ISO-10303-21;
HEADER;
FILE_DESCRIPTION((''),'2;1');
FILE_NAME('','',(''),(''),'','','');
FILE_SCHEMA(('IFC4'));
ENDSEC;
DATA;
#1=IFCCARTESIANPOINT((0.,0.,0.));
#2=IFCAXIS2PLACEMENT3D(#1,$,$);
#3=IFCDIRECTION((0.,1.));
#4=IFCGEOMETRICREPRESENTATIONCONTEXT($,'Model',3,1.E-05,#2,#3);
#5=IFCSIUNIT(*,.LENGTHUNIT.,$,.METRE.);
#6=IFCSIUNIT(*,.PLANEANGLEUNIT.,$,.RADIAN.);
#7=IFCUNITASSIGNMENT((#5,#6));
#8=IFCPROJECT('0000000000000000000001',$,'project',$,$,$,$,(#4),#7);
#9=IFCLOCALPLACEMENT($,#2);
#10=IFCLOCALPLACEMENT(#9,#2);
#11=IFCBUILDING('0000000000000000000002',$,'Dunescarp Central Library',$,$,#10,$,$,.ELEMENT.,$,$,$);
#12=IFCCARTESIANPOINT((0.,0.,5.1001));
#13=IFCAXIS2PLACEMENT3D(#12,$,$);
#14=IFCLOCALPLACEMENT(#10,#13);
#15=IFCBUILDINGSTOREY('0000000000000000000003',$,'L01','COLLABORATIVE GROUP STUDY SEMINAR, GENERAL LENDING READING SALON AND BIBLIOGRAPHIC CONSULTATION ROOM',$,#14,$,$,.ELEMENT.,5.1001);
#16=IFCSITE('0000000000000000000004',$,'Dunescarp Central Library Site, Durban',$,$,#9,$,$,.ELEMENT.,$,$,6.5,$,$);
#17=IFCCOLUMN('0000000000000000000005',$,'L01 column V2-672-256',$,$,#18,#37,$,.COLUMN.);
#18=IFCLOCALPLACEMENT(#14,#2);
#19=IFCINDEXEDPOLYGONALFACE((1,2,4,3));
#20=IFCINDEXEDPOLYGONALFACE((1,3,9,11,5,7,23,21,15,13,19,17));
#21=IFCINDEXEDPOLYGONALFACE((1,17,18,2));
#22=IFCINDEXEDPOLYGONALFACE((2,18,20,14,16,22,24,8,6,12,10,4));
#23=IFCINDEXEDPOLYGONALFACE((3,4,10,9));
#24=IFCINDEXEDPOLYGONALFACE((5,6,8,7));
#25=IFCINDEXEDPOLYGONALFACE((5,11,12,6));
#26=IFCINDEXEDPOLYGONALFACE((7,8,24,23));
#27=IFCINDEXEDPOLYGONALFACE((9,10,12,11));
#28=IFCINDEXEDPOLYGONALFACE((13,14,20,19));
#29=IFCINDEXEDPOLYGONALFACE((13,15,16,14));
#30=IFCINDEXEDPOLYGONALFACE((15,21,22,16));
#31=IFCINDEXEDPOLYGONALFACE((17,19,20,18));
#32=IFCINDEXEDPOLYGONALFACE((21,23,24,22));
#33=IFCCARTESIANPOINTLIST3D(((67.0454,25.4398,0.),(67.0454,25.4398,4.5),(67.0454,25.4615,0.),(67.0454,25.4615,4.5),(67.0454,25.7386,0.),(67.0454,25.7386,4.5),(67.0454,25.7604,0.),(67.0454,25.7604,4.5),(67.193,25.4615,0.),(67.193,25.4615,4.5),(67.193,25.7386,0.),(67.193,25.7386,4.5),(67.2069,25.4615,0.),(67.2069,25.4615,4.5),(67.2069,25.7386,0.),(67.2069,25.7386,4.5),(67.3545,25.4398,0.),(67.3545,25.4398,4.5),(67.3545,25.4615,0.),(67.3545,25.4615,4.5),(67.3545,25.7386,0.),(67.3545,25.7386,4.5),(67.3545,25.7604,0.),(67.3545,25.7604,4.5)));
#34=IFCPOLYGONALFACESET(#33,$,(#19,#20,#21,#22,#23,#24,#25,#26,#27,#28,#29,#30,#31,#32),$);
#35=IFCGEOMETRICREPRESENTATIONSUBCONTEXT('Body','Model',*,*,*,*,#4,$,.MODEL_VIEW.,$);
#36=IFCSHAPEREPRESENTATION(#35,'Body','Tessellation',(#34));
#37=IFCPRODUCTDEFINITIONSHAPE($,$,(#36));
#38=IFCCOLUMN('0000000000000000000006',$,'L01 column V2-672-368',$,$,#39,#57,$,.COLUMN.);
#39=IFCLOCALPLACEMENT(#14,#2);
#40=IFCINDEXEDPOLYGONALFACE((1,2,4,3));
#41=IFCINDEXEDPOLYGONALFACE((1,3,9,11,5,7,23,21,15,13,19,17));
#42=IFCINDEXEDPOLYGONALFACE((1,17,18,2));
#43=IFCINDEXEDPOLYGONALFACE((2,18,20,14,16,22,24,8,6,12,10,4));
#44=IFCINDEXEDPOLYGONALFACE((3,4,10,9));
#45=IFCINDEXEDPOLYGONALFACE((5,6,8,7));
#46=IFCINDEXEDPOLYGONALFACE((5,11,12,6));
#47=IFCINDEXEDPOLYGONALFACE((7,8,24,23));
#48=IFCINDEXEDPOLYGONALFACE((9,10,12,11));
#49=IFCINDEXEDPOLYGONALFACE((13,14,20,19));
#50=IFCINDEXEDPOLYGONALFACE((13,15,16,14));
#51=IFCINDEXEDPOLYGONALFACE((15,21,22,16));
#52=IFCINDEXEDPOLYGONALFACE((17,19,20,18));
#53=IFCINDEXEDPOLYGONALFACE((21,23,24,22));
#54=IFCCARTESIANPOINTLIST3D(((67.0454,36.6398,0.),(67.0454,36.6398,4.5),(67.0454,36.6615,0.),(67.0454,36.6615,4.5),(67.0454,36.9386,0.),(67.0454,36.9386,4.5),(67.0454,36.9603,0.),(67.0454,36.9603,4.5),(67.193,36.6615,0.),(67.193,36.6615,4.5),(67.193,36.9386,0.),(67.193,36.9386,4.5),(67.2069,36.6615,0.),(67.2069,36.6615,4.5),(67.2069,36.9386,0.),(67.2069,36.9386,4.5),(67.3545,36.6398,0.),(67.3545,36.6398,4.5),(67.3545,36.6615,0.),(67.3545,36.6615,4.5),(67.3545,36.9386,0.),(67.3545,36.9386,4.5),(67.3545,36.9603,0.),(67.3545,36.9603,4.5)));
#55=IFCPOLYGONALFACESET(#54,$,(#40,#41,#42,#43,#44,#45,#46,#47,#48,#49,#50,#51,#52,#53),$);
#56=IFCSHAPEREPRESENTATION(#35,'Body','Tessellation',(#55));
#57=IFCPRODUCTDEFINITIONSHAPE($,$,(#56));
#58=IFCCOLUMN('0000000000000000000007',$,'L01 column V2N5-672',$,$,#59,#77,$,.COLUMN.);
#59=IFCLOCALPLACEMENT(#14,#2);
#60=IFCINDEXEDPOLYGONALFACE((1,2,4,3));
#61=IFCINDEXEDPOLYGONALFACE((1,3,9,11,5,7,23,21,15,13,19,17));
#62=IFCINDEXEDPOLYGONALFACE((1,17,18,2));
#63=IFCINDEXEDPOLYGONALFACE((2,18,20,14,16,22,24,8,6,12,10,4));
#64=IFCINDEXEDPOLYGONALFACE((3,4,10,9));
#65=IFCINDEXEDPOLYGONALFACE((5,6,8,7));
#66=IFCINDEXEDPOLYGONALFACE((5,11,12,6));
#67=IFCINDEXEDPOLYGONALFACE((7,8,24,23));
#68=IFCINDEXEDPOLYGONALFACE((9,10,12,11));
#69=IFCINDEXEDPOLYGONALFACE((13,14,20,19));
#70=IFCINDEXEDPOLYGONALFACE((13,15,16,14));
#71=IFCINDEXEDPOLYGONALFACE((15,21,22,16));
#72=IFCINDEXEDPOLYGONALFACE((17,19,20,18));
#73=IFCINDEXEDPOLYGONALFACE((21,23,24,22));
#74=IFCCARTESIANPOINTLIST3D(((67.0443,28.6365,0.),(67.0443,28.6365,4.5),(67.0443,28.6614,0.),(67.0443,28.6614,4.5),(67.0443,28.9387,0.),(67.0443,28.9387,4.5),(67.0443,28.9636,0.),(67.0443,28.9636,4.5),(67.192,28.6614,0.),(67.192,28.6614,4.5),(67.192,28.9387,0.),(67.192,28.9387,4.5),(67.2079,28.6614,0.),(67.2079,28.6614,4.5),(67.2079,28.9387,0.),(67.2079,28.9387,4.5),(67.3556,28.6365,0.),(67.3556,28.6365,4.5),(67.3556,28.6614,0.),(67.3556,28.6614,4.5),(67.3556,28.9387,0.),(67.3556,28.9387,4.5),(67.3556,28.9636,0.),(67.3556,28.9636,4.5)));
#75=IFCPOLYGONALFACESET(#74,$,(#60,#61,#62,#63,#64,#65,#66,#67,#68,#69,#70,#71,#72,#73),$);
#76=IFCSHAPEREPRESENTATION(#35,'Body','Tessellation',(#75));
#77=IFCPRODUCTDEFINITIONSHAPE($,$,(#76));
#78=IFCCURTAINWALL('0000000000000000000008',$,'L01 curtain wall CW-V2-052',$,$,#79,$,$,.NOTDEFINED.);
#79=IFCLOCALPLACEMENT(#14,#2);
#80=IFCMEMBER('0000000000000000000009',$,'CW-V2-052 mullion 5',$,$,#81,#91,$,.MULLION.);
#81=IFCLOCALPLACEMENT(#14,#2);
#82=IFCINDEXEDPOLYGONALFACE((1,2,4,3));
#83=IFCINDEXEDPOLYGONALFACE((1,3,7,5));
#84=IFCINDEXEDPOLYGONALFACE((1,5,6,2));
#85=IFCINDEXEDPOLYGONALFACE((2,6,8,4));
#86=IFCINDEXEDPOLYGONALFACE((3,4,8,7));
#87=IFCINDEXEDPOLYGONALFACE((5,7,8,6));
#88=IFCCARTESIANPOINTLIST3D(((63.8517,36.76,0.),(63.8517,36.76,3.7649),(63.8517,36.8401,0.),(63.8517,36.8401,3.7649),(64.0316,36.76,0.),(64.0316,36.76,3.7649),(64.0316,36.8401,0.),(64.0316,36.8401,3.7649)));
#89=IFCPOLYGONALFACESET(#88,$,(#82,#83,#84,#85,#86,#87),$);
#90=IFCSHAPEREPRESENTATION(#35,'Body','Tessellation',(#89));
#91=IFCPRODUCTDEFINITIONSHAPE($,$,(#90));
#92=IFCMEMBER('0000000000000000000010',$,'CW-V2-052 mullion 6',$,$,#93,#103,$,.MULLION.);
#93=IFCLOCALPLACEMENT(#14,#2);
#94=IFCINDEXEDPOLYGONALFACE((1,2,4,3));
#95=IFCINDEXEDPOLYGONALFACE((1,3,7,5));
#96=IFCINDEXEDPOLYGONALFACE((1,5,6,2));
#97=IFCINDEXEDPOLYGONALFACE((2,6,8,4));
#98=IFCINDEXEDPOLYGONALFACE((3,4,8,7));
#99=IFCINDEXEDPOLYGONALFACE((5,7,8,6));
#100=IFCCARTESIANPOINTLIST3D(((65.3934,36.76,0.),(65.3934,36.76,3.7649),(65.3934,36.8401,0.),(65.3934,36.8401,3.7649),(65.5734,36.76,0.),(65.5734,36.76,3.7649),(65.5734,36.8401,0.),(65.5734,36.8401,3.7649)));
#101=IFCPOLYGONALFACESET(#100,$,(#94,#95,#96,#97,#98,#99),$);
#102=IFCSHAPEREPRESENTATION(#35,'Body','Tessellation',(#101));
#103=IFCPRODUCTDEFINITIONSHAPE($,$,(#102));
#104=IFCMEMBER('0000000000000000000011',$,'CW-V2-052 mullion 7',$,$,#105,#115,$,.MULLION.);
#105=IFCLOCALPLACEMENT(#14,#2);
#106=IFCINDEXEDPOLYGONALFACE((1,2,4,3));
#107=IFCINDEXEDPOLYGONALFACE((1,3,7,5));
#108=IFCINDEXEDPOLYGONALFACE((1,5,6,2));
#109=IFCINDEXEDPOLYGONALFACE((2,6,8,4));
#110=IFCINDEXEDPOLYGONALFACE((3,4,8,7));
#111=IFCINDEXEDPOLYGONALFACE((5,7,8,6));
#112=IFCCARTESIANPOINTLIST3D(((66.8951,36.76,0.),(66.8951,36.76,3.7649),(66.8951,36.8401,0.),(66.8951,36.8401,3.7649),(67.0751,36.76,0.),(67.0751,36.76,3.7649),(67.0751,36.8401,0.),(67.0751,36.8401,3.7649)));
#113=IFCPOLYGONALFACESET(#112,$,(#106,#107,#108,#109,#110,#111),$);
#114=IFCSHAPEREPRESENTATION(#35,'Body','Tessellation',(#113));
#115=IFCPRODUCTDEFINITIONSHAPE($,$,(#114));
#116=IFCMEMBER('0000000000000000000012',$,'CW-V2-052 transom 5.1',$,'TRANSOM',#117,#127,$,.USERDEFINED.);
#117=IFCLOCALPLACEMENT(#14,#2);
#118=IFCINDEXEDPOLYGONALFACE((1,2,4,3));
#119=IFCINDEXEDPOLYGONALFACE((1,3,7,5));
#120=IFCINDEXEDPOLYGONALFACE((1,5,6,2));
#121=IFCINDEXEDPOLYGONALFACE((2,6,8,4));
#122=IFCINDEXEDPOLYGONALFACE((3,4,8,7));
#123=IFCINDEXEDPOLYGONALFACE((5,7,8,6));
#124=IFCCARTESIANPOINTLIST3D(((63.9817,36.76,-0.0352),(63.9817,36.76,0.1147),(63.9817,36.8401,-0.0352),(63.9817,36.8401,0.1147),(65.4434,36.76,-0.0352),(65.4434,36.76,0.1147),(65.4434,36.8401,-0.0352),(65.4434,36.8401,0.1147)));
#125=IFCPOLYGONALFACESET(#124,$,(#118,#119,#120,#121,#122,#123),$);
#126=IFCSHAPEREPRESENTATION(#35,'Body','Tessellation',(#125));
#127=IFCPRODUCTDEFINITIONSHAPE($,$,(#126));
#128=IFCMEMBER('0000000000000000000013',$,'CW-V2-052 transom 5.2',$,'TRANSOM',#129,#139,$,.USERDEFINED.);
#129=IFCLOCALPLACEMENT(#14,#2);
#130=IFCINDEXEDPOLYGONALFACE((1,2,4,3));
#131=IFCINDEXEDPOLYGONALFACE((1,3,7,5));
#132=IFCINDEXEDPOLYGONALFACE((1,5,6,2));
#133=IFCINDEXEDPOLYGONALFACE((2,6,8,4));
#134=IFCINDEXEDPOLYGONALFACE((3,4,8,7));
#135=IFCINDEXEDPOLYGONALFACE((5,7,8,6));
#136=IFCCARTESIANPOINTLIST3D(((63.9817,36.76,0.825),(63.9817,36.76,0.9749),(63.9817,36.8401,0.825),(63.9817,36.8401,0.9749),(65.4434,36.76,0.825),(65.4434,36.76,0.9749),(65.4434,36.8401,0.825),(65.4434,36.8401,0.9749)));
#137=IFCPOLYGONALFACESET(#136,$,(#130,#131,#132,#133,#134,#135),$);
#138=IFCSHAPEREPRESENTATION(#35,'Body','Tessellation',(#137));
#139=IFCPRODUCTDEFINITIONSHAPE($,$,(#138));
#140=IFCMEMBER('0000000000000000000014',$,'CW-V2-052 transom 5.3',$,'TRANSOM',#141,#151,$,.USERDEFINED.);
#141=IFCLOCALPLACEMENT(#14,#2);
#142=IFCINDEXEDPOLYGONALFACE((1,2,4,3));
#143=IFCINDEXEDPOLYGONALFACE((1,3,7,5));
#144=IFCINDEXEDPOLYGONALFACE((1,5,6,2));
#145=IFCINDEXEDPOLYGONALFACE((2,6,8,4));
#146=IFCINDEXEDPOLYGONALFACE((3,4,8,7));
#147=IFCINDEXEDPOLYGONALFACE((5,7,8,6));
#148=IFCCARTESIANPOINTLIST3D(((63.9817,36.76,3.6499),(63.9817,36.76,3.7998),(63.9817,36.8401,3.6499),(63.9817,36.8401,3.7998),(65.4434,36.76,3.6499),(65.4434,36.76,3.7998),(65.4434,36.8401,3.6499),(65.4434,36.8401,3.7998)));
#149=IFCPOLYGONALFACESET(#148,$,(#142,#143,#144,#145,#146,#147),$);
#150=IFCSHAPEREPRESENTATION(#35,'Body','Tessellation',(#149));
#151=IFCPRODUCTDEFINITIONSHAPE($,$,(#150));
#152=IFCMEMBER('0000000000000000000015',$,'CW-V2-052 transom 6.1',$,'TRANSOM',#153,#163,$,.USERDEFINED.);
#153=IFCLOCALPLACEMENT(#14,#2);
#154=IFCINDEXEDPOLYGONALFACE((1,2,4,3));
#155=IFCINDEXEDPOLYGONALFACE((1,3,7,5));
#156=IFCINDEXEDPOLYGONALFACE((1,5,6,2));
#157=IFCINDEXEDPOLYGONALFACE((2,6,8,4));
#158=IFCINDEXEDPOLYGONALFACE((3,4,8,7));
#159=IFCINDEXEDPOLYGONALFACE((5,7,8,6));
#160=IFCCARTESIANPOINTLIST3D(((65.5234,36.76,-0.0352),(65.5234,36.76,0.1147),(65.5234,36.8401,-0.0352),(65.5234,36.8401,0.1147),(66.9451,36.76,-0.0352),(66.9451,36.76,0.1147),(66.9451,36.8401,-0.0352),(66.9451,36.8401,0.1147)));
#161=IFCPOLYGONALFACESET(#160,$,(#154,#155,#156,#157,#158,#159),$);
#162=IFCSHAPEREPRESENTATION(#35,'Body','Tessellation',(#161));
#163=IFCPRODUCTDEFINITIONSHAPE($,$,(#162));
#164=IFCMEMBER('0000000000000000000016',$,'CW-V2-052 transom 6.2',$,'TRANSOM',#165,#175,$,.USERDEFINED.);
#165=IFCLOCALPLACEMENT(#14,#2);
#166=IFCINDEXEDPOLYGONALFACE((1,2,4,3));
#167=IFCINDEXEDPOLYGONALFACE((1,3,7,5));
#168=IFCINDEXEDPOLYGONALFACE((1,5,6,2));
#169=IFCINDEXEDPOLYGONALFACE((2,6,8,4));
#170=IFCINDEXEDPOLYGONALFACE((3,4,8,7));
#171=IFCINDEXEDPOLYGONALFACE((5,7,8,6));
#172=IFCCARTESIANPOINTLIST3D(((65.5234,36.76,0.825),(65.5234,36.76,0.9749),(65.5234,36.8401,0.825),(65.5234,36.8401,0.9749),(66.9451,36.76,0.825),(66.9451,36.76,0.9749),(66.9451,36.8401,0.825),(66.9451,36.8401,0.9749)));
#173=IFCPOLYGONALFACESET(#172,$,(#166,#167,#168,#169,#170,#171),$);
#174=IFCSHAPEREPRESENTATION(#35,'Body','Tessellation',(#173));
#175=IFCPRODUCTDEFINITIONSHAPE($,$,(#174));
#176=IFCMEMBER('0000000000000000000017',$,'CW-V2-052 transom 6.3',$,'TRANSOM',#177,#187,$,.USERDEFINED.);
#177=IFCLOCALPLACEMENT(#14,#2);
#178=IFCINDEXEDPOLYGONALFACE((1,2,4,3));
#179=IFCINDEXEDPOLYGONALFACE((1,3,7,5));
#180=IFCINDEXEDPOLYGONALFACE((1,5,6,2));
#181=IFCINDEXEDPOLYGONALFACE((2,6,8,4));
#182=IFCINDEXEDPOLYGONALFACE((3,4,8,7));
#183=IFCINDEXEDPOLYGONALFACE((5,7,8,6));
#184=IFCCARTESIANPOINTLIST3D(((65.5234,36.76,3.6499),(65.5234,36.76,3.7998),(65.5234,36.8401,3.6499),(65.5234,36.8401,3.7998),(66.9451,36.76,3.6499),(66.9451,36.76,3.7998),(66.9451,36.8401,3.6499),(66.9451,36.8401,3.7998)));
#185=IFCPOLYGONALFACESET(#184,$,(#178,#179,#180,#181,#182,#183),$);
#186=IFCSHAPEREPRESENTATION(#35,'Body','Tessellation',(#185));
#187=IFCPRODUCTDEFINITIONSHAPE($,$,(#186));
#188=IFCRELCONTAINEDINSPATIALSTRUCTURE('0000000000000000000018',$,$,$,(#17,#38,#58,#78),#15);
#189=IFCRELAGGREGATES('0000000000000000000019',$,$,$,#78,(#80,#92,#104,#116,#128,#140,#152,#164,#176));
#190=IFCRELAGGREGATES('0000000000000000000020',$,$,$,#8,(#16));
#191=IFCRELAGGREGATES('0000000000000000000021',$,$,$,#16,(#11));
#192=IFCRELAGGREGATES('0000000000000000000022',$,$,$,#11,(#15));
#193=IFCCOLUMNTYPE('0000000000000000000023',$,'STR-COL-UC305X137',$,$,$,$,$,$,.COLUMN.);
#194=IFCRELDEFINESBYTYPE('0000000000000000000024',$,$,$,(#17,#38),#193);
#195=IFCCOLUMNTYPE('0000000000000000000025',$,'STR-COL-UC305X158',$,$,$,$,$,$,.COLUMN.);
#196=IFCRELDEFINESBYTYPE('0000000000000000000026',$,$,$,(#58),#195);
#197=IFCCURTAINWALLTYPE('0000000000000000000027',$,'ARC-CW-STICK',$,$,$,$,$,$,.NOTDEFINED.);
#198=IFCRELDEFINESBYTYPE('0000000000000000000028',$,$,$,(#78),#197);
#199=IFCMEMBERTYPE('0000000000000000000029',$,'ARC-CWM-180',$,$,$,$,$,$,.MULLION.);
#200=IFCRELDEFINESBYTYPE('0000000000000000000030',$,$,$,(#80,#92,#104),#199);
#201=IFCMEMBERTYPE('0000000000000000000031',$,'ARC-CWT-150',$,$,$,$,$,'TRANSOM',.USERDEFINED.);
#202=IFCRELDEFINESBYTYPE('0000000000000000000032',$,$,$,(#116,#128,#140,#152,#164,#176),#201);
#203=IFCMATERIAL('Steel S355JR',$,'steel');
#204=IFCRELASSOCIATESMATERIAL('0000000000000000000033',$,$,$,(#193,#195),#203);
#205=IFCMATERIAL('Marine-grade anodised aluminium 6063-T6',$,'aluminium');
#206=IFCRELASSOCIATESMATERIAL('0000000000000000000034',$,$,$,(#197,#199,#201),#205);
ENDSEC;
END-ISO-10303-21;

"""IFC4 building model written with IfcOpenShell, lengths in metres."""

from ifc_helpers import new_model, si_unit, direction, frame, origin, origin_2d, place, context, subcontext, project, spatial, rectangle, i_section, extrude, material, material_profile, profile_set, type_object, element, aggregate, save


model = new_model("IFC4")

# Units and contexts
model_context = context("Model", 3, precision=1e-05, world=origin(), true_north=direction((0.0, 1.0)))
body_context = subcontext(model_context, "Body", "Model", "MODEL_VIEW")
ifc_project = project(units=[si_unit("LENGTHUNIT", "METRE"), si_unit("PLANEANGLEUNIT", "RADIAN")], contexts=[model_context])

# Site, building, storey
site_placement = place(None, origin())
site = spatial("IfcSite", under=ifc_project, at=site_placement, Name="Dunescarp Central Library Site, Durban", CompositionType="ELEMENT", RefElevation=6.5)
building_placement = place(site_placement, origin())
building = spatial("IfcBuilding", under=site, at=building_placement, Name="Dunescarp Central Library", CompositionType="ELEMENT")
storey_placement = place(building_placement, frame((0.0, 0.0, 5.1001)))
storey = spatial("IfcBuildingStorey", under=building, at=storey_placement, Name="L01", Description="COLLABORATIVE GROUP STUDY SEMINAR, GENERAL LENDING READING SALON AND BIBLIOGRAPHIC CONSULTATION ROOM", CompositionType="ELEMENT", Elevation=5.1001)

# Columns
ifc_material_1 = material(Name="Steel S355JR", Category="steel")
ifc_material_profile_1 = material_profile(ifc_material_1, i_section(OverallWidth=0.3091, OverallDepth=0.3206, WebThickness=0.0139, FlangeThickness=0.0217, at=origin_2d()), Name="UC 305x305x137")
ifc_profile_set_1 = profile_set([ifc_material_profile_1], Name="Steel S355JR")
column_type_1 = type_object("IfcColumnType", Name="STR-COL-UC305X137", PredefinedType="COLUMN", material=ifc_profile_set_1)
for number, where, z_axis, x_axis, name in (
    (1, (67.2, 25.6001, 0.0), (0.0, 0.0, 1.0), (1.0, 0.0, 0.0), "L01 column V2-672-256"),
    (2, (67.2, 36.8, 0.0), (0.0, 0.0, 1.0), (1.0, 0.0, 0.0), "L01 column V2-672-368"),
):
    element("IfcColumn", number, at=place(storey_placement, frame(where, z_axis=z_axis, x_axis=x_axis)), inside=storey, type_object=column_type_1, Name=name, PredefinedType="COLUMN", context=body_context, shape_type="SweptSolid", body=[
        extrude(i_section(OverallWidth=0.3091, OverallDepth=0.3206, WebThickness=0.0139, FlangeThickness=0.0217, at=origin_2d()), origin(), (0.0, 0.0, 1.0), 4.5),
    ])
ifc_material_profile_2 = material_profile(ifc_material_1, i_section(OverallWidth=0.3113, OverallDepth=0.3271, WebThickness=0.0159, FlangeThickness=0.0249, at=origin_2d()), Name="UC 305x305x158")
ifc_profile_set_2 = profile_set([ifc_material_profile_2], Name="Steel S355JR")
column_type_2 = type_object("IfcColumnType", Name="STR-COL-UC305X158", PredefinedType="COLUMN", material=ifc_profile_set_2)
column_placement = place(storey_placement, frame((67.2, 28.8, 0.0), z_axis=(0.0, 0.0, 1.0), x_axis=(1.0, 0.0, 0.0)))
element("IfcColumn", 3, at=column_placement, inside=storey, type_object=column_type_2, Name="L01 column V2N5-672", PredefinedType="COLUMN", context=body_context, shape_type="SweptSolid", body=[
    extrude(i_section(OverallWidth=0.3113, OverallDepth=0.3271, WebThickness=0.0159, FlangeThickness=0.0249, at=origin_2d()), origin(), (0.0, 0.0, 1.0), 4.5),
])

# Curtain wall, members
ifc_material_2 = material(Name="Marine-grade anodised aluminium 6063-T6", Category="aluminium")
curtain_wall_type = type_object("IfcCurtainWallType", Name="ARC-CW-STICK", PredefinedType="NOTDEFINED", material=ifc_material_2)
curtain_wall_placement = place(storey_placement, origin())
curtain_wall = element("IfcCurtainWall", 4, at=curtain_wall_placement, inside=storey, type_object=curtain_wall_type, Name="L01 curtain wall CW-V2-052", PredefinedType="NOTDEFINED")
ifc_material_profile_3 = material_profile(ifc_material_2, rectangle(XDim=0.0801, YDim=0.1799, at=origin_2d()), Name="AL 80x180")
ifc_profile_set_3 = profile_set([ifc_material_profile_3], Name="Marine-grade anodised aluminium 6063-T6")
member_type_1 = type_object("IfcMemberType", Name="ARC-CWM-180", PredefinedType="MULLION", material=ifc_profile_set_3)
member_1_placement = place(storey_placement, frame((63.9417, 36.8, 0.0), z_axis=(0.0, 0.0, 1.0), x_axis=(0.0, 1.0, 0.0)))
member_1 = element("IfcMember", 5, at=member_1_placement, type_object=member_type_1, Name="CW-V2-052 mullion 5", PredefinedType="MULLION", context=body_context, shape_type="SweptSolid", body=[
    extrude(rectangle(XDim=0.0801, YDim=0.1799, at=origin_2d()), origin(), (0.0, 0.0, 1.0), 3.7649),
])
member_2_placement = place(storey_placement, frame((65.4834, 36.8, 0.0), z_axis=(0.0, 0.0, 1.0), x_axis=(0.0, 1.0, 0.0)))
member_2 = element("IfcMember", 6, at=member_2_placement, type_object=member_type_1, Name="CW-V2-052 mullion 6", PredefinedType="MULLION", context=body_context, shape_type="SweptSolid", body=[
    extrude(rectangle(XDim=0.0801, YDim=0.1799, at=origin_2d()), origin(), (0.0, 0.0, 1.0), 3.7649),
])
member_3_placement = place(storey_placement, frame((66.9851, 36.8, 0.0), z_axis=(0.0, 0.0, 1.0), x_axis=(0.0, 1.0, 0.0)))
member_3 = element("IfcMember", 7, at=member_3_placement, type_object=member_type_1, Name="CW-V2-052 mullion 7", PredefinedType="MULLION", context=body_context, shape_type="SweptSolid", body=[
    extrude(rectangle(XDim=0.0801, YDim=0.1799, at=origin_2d()), origin(), (0.0, 0.0, 1.0), 3.7649),
])
ifc_material_profile_4 = material_profile(ifc_material_2, rectangle(XDim=0.0801, YDim=0.1499, at=origin_2d()), Name="AL 80x150")
ifc_profile_set_4 = profile_set([ifc_material_profile_4], Name="Marine-grade anodised aluminium 6063-T6")
member_type_2 = type_object("IfcMemberType", Name="ARC-CWT-150", ElementType="TRANSOM", PredefinedType="USERDEFINED", material=ifc_profile_set_4)
member_4_placement = place(storey_placement, frame((63.9817, 36.8, 0.0398), z_axis=(1.0, 0.0, 0.0), x_axis=(0.0, 1.0, 0.0)))
member_4 = element("IfcMember", 8, at=member_4_placement, type_object=member_type_2, Name="CW-V2-052 transom 5.1", ObjectType="TRANSOM", PredefinedType="USERDEFINED", context=body_context, shape_type="SweptSolid", body=[
    extrude(rectangle(XDim=0.0801, YDim=0.1499, at=origin_2d()), origin(), (0.0, 0.0, 1.0), 1.4617),
])
member_5_placement = place(storey_placement, frame((63.9817, 36.8, 0.8999), z_axis=(1.0, 0.0, 0.0), x_axis=(0.0, 1.0, 0.0)))
member_5 = element("IfcMember", 9, at=member_5_placement, type_object=member_type_2, Name="CW-V2-052 transom 5.2", ObjectType="TRANSOM", PredefinedType="USERDEFINED", context=body_context, shape_type="SweptSolid", body=[
    extrude(rectangle(XDim=0.0801, YDim=0.1499, at=origin_2d()), origin(), (0.0, 0.0, 1.0), 1.4617),
])
member_6_placement = place(storey_placement, frame((63.9817, 36.8, 3.7249), z_axis=(1.0, 0.0, 0.0), x_axis=(0.0, 1.0, 0.0)))
member_6 = element("IfcMember", 10, at=member_6_placement, type_object=member_type_2, Name="CW-V2-052 transom 5.3", ObjectType="TRANSOM", PredefinedType="USERDEFINED", context=body_context, shape_type="SweptSolid", body=[
    extrude(rectangle(XDim=0.0801, YDim=0.1499, at=origin_2d()), origin(), (0.0, 0.0, 1.0), 1.4617),
])
member_7_placement = place(storey_placement, frame((65.5234, 36.8, 0.0398), z_axis=(1.0, 0.0, 0.0), x_axis=(0.0, 1.0, 0.0)))
member_7 = element("IfcMember", 11, at=member_7_placement, type_object=member_type_2, Name="CW-V2-052 transom 6.1", ObjectType="TRANSOM", PredefinedType="USERDEFINED", context=body_context, shape_type="SweptSolid", body=[
    extrude(rectangle(XDim=0.0801, YDim=0.1499, at=origin_2d()), origin(), (0.0, 0.0, 1.0), 1.4216),
])
member_8_placement = place(storey_placement, frame((65.5234, 36.8, 0.8999), z_axis=(1.0, 0.0, 0.0), x_axis=(0.0, 1.0, 0.0)))
member_8 = element("IfcMember", 12, at=member_8_placement, type_object=member_type_2, Name="CW-V2-052 transom 6.2", ObjectType="TRANSOM", PredefinedType="USERDEFINED", context=body_context, shape_type="SweptSolid", body=[
    extrude(rectangle(XDim=0.0801, YDim=0.1499, at=origin_2d()), origin(), (0.0, 0.0, 1.0), 1.4216),
])
member_9_placement = place(storey_placement, frame((65.5234, 36.8, 3.7249), z_axis=(1.0, 0.0, 0.0), x_axis=(0.0, 1.0, 0.0)))
member_9 = element("IfcMember", 13, at=member_9_placement, type_object=member_type_2, Name="CW-V2-052 transom 6.3", ObjectType="TRANSOM", PredefinedType="USERDEFINED", context=body_context, shape_type="SweptSolid", body=[
    extrude(rectangle(XDim=0.0801, YDim=0.1499, at=origin_2d()), origin(), (0.0, 0.0, 1.0), 1.4216),
])

aggregate(curtain_wall, [member_1, member_2, member_3, member_4, member_5, member_6, member_7, member_8, member_9])

save(model, "model.ifc")
